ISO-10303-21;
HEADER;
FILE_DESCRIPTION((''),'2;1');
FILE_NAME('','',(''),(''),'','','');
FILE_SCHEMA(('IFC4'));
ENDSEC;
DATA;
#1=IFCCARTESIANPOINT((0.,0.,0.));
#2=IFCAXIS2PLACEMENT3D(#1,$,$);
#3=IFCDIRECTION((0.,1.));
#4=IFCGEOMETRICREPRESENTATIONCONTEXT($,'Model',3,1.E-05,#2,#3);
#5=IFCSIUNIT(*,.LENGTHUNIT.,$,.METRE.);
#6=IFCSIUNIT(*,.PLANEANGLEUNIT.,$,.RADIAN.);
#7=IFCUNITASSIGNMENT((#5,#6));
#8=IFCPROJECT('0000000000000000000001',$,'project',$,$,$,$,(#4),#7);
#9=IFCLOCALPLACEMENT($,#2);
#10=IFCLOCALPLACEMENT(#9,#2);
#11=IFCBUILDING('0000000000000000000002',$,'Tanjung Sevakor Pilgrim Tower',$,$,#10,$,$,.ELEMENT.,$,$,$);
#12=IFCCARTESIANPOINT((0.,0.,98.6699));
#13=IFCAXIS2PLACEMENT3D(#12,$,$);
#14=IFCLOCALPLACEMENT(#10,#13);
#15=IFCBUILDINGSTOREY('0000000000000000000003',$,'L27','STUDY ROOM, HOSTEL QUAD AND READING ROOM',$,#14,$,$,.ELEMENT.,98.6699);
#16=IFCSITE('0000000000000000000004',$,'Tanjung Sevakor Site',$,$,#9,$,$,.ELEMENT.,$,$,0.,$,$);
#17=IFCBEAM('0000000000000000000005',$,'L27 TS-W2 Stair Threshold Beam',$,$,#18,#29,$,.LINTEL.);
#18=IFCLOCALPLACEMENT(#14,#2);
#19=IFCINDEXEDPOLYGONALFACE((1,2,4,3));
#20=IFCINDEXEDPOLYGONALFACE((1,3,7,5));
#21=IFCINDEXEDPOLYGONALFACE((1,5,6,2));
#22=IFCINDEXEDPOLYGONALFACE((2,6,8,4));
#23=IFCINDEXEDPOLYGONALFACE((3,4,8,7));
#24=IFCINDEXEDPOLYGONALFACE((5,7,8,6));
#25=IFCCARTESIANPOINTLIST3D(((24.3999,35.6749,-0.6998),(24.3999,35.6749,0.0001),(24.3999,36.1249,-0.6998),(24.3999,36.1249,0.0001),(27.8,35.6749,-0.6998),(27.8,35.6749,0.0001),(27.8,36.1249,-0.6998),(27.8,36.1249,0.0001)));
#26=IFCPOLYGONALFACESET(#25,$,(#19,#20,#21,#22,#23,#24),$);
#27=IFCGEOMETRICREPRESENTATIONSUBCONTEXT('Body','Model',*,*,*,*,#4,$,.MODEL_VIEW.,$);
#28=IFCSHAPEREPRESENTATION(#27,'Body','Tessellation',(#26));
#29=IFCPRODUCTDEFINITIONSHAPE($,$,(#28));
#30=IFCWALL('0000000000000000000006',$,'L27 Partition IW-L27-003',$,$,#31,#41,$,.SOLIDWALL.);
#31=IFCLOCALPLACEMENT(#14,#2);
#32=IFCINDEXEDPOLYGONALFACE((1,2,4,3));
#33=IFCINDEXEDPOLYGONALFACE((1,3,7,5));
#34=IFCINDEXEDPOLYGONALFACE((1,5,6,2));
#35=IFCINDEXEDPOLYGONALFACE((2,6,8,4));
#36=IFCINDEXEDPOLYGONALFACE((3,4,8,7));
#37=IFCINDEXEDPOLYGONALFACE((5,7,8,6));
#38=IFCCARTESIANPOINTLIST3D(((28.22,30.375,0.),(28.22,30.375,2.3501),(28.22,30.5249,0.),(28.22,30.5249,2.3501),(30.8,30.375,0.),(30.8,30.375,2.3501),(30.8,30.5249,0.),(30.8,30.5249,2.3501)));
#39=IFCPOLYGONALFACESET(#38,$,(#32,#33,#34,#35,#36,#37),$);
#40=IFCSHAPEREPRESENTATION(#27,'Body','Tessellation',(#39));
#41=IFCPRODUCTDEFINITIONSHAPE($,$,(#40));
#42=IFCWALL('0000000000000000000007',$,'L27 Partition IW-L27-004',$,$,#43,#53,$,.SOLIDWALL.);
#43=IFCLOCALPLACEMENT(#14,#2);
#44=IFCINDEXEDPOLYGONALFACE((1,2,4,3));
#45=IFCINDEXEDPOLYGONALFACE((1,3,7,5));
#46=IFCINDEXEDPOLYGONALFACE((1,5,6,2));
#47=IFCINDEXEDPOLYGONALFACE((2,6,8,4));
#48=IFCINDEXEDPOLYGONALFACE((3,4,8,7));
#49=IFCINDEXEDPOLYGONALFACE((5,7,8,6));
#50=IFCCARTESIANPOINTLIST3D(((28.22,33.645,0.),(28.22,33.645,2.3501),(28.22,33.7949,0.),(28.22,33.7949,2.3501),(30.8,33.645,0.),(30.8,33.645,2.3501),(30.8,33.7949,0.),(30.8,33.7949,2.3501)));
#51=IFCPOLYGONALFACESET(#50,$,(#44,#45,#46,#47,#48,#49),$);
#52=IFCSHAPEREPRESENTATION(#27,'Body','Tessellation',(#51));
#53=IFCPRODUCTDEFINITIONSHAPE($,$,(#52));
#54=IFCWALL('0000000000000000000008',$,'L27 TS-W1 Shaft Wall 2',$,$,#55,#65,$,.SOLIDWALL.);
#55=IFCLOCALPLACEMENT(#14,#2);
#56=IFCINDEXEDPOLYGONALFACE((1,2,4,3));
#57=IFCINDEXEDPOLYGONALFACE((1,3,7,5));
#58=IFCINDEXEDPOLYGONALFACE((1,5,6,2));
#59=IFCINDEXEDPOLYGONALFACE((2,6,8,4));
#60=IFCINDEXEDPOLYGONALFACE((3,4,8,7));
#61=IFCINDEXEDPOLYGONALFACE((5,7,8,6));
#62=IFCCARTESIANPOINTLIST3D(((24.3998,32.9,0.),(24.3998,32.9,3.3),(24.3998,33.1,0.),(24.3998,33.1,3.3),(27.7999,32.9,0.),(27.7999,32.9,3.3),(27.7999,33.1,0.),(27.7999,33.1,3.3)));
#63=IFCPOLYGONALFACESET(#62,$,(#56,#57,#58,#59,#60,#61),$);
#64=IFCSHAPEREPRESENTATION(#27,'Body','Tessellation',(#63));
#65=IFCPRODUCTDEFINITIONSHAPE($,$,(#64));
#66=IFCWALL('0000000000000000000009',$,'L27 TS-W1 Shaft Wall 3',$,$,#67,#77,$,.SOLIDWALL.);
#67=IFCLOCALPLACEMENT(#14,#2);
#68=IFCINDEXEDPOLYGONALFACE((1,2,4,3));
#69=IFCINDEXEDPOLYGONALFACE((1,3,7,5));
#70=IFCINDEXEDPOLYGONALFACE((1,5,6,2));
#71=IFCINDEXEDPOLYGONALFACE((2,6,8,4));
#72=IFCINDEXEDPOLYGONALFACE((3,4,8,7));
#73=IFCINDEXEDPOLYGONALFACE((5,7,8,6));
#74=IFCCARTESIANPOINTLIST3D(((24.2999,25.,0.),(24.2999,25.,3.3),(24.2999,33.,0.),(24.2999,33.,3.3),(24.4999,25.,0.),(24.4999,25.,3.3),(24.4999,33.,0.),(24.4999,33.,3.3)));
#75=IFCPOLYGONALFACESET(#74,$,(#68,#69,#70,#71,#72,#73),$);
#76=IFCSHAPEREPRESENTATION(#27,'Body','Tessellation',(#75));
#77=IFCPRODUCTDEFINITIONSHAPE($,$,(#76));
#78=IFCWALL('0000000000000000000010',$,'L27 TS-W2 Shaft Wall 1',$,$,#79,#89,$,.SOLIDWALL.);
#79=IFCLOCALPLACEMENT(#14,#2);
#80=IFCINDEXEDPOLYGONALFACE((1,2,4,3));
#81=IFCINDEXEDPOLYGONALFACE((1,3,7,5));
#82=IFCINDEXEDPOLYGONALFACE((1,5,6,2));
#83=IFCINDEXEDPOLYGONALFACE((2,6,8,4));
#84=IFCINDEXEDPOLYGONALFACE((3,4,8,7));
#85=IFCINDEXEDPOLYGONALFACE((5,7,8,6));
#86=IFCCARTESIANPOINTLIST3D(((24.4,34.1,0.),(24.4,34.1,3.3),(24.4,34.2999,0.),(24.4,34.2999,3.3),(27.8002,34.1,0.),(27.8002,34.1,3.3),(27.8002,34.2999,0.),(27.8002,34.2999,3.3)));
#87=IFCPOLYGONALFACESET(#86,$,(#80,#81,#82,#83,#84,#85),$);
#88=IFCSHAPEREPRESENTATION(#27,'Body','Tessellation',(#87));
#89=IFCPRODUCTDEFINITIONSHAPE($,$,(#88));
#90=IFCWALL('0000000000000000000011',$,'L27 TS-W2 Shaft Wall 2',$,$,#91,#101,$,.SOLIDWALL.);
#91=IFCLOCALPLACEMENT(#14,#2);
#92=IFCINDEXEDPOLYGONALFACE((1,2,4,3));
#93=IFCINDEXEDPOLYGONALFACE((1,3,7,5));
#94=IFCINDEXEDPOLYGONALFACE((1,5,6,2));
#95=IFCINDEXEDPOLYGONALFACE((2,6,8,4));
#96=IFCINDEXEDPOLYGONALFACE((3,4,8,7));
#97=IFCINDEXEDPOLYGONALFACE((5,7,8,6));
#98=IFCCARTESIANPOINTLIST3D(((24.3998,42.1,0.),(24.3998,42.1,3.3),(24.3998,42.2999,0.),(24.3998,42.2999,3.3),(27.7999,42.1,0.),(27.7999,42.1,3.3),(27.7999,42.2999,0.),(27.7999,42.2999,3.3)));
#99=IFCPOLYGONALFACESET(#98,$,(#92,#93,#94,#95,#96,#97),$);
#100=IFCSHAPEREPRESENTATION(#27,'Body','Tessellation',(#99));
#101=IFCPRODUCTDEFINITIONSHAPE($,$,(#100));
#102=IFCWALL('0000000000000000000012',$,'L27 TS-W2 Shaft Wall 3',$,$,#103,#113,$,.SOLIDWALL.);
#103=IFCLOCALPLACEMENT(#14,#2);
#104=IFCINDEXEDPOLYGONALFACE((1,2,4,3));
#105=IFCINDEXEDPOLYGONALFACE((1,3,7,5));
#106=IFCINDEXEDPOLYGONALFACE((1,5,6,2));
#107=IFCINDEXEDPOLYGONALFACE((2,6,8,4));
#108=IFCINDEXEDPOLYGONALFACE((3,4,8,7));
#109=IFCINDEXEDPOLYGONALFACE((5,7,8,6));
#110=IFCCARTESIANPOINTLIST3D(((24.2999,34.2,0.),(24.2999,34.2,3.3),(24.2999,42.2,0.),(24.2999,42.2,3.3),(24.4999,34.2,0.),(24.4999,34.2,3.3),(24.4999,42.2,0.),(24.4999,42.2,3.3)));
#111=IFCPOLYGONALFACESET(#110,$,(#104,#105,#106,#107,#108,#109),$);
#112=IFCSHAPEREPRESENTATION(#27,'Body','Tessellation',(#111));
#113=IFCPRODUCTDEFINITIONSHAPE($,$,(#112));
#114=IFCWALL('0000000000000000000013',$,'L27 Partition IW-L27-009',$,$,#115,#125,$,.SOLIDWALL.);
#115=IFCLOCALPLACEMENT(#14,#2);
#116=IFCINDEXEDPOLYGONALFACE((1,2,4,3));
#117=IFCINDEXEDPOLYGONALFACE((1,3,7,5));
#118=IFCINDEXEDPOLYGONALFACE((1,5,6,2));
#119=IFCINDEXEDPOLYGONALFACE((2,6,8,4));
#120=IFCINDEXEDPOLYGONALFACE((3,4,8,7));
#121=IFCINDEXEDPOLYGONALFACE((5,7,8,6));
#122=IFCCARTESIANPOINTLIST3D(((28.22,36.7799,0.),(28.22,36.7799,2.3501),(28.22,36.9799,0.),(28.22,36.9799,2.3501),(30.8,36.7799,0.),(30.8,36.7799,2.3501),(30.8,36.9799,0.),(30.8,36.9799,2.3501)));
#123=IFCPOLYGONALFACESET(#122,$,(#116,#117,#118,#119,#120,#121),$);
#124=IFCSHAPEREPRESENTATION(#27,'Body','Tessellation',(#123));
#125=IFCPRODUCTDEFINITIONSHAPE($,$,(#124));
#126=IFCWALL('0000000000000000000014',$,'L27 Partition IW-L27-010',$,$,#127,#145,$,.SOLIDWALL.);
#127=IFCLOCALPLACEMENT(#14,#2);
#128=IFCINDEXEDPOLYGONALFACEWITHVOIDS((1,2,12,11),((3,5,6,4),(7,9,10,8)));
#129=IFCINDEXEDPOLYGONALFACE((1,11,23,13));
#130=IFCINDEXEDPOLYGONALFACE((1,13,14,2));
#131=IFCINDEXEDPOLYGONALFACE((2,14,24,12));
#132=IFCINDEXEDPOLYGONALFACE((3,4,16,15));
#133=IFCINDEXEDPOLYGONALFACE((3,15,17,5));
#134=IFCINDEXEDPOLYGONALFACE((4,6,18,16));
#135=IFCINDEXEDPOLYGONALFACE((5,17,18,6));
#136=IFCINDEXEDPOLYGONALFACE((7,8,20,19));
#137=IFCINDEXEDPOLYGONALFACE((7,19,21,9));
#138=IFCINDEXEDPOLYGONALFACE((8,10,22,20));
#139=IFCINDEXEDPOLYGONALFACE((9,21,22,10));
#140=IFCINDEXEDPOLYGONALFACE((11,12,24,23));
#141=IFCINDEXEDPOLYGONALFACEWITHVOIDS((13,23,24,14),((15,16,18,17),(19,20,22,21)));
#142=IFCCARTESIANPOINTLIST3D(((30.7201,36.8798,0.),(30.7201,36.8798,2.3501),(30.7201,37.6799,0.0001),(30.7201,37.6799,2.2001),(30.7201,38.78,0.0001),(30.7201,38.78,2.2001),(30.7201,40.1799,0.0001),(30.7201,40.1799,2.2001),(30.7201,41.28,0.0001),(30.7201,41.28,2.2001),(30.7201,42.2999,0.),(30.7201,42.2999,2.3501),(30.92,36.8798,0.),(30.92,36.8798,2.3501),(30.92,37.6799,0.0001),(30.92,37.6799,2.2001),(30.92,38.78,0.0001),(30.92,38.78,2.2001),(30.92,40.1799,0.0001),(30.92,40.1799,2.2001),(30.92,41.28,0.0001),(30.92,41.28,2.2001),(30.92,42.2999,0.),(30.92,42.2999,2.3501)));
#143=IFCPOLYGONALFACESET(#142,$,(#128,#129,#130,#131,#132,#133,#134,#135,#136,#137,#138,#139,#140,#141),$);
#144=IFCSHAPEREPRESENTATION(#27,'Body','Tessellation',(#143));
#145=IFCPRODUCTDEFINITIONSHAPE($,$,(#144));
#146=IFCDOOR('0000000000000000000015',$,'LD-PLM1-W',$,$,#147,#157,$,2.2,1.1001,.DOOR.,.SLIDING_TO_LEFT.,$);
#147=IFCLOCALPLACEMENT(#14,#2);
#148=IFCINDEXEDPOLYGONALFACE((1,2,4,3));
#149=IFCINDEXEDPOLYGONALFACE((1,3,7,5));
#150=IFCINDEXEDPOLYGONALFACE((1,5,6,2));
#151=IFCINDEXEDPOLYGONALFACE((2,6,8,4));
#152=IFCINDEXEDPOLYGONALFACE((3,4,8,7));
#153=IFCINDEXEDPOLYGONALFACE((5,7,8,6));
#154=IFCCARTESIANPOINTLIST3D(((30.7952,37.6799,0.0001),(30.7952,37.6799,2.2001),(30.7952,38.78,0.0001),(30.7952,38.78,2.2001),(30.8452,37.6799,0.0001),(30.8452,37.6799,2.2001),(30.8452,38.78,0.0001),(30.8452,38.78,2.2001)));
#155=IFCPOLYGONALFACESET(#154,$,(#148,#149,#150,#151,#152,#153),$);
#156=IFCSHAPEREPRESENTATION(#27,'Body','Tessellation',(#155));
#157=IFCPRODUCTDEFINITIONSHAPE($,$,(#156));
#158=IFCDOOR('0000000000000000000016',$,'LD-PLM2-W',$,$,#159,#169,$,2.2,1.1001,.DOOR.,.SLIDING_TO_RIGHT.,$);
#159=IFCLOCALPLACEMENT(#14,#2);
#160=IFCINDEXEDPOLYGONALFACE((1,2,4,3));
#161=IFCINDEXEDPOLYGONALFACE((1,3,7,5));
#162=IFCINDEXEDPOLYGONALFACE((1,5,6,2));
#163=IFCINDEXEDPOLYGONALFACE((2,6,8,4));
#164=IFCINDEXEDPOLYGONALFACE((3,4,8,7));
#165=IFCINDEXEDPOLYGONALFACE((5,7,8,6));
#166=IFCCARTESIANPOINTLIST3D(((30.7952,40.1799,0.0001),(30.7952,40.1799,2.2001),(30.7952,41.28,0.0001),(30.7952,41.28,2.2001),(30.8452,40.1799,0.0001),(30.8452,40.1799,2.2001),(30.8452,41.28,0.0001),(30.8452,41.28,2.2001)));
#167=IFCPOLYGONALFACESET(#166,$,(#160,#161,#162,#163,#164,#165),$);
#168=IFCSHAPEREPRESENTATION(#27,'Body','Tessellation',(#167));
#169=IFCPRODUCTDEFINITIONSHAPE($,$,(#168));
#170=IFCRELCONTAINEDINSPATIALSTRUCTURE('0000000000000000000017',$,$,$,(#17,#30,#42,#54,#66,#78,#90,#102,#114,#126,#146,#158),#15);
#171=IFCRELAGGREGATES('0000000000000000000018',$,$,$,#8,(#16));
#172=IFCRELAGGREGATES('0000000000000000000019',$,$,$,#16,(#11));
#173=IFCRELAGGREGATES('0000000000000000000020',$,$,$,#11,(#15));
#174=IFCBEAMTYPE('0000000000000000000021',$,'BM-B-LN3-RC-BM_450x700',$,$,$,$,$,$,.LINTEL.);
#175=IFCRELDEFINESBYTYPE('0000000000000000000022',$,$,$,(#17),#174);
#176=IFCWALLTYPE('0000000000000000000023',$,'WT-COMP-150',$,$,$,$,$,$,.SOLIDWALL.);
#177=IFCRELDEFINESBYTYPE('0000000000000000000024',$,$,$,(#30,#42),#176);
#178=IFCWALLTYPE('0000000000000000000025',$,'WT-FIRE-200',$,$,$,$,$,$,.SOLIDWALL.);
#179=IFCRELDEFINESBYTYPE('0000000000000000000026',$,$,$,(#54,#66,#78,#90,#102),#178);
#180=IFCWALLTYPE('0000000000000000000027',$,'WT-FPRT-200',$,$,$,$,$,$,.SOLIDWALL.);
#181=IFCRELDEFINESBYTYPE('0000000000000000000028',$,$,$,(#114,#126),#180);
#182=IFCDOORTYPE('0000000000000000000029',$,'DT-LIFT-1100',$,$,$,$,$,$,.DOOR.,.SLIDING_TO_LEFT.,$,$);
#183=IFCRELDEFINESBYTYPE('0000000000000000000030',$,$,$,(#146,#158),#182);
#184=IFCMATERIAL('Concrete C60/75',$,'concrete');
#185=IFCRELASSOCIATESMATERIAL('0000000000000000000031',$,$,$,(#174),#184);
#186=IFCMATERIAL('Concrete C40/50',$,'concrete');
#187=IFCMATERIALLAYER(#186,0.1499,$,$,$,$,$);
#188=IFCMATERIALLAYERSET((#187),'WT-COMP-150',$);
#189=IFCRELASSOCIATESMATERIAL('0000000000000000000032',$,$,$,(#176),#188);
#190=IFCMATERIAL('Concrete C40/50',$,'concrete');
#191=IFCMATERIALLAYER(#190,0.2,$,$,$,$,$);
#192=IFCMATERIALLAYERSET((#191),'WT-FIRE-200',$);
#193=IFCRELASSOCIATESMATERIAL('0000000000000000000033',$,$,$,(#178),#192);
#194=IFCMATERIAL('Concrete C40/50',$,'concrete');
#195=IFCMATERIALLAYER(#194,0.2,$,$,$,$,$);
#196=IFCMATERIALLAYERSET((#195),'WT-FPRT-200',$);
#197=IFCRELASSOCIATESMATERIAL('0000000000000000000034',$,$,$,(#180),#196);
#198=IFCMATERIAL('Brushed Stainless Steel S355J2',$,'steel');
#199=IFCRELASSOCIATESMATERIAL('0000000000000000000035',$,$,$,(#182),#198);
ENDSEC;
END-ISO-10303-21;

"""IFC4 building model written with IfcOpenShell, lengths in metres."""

from ifc_helpers import new_model, si_unit, direction, frame, frame_2d, origin, origin_2d, place, context, subcontext, project, spatial, rectangle, extrude, material, layer, layer_set, material_profile, profile_set, type_object, element, fill, save


model = new_model("IFC4")

# Units and contexts
model_context = context("Model", 3, precision=1e-05, world=origin(), true_north=direction((0.0, 1.0)))
body_context = subcontext(model_context, "Body", "Model", "MODEL_VIEW")
ifc_project = project(units=[si_unit("LENGTHUNIT", "METRE"), si_unit("PLANEANGLEUNIT", "RADIAN")], contexts=[model_context])

# Site, building, storey
site_placement = place(None, origin())
site = spatial("IfcSite", under=ifc_project, at=site_placement, Name="Tanjung Sevakor Site", CompositionType="ELEMENT", RefElevation=0.0)
building_placement = place(site_placement, origin())
building = spatial("IfcBuilding", under=site, at=building_placement, Name="Tanjung Sevakor Pilgrim Tower", CompositionType="ELEMENT")
storey_placement = place(building_placement, frame((0.0, 0.0, 98.6699)))
storey = spatial("IfcBuildingStorey", under=building, at=storey_placement, Name="L27", Description="STUDY ROOM, HOSTEL QUAD AND READING ROOM", CompositionType="ELEMENT", Elevation=98.6699)

# Beam
ifc_material_1 = material(Name="Concrete C60/75", Category="concrete")
ifc_material_profile = material_profile(ifc_material_1, rectangle(XDim=0.45, YDim=0.7, at=origin_2d()))
ifc_profile_set = profile_set([ifc_material_profile], Name="Concrete C60/75")
beam_type = type_object("IfcBeamType", Name="BM-B-LN3-RC-BM_450x700", PredefinedType="LINTEL", material=ifc_profile_set)
beam_placement = place(storey_placement, frame((24.3999, 35.8999, -0.3499), z_axis=(1.0, 0.0, 0.0), x_axis=(0.0, 1.0, 0.0)))
element("IfcBeam", 1, at=beam_placement, inside=storey, type_object=beam_type, Name="L27 TS-W2 Stair Threshold Beam", PredefinedType="LINTEL", context=body_context, shape_type="SweptSolid", body=[
    extrude(rectangle(XDim=0.45, YDim=0.7, at=origin_2d()), origin(), (0.0, 0.0, 1.0), 3.4001),
])

# Walls
ifc_material_2 = material(Name="Concrete C40/50", Category="concrete")
ifc_layer_1 = layer(ifc_material_2, 0.1499)
ifc_layer_set_1 = layer_set([ifc_layer_1], Name="WT-COMP-150")
wall_type_1 = type_object("IfcWallType", Name="WT-COMP-150", PredefinedType="SOLIDWALL", material=ifc_layer_set_1)
for number, where, z_axis, x_axis, name in (
    (2, (28.22, 30.45, 0.0), (0.0, 0.0, 1.0), (1.0, 0.0, 0.0), "L27 Partition IW-L27-003"),
    (3, (28.22, 33.72, 0.0), (0.0, 0.0, 1.0), (1.0, 0.0, 0.0), "L27 Partition IW-L27-004"),
):
    element("IfcWall", number, at=place(storey_placement, frame(where, z_axis=z_axis, x_axis=x_axis)), inside=storey, type_object=wall_type_1, Name=name, PredefinedType="SOLIDWALL", context=body_context, shape_type="SweptSolid", body=[
        extrude(rectangle(XDim=2.5801, YDim=0.1499, at=frame_2d((1.29, 0.0))), origin(), (0.0, 0.0, 1.0), 2.3501),
    ])
ifc_material_3 = material(Name="Concrete C40/50", Category="concrete")
ifc_layer_2 = layer(ifc_material_3, 0.2)
ifc_layer_set_2 = layer_set([ifc_layer_2], Name="WT-FIRE-200")
wall_type_2 = type_object("IfcWallType", Name="WT-FIRE-200", PredefinedType="SOLIDWALL", material=ifc_layer_set_2)
wall_1_placement = place(storey_placement, frame((27.8, 33.0, 0.0), z_axis=(0.0, 0.0, 1.0), x_axis=(-1.0, 0.0, 0.0)))
element("IfcWall", 4, at=wall_1_placement, inside=storey, type_object=wall_type_2, Name="L27 TS-W1 Shaft Wall 2", PredefinedType="SOLIDWALL", context=body_context, shape_type="SweptSolid", body=[
    extrude(rectangle(XDim=3.4001, YDim=0.2, at=frame_2d((1.7002, 0.0))), origin(), (0.0, 0.0, 1.0), 3.3),
])
wall_2_placement = place(storey_placement, frame((24.3999, 33.0, 0.0), z_axis=(0.0, 0.0, 1.0), x_axis=(0.0, -1.0, 0.0)))
element("IfcWall", 5, at=wall_2_placement, inside=storey, type_object=wall_type_2, Name="L27 TS-W1 Shaft Wall 3", PredefinedType="SOLIDWALL", context=body_context, shape_type="SweptSolid", body=[
    extrude(rectangle(XDim=8.0, YDim=0.2, at=frame_2d((4.0, 0.0))), origin(), (0.0, 0.0, 1.0), 3.3),
])
for number, where, z_axis, x_axis, name in (
    (6, (24.3999, 34.2, 0.0), (0.0, 0.0, 1.0), (1.0, 0.0, 0.0), "L27 TS-W2 Shaft Wall 1"),
    (7, (27.8, 42.2, 0.0), (0.0, 0.0, 1.0), (-1.0, 0.0, 0.0), "L27 TS-W2 Shaft Wall 2"),
):
    element("IfcWall", number, at=place(storey_placement, frame(where, z_axis=z_axis, x_axis=x_axis)), inside=storey, type_object=wall_type_2, Name=name, PredefinedType="SOLIDWALL", context=body_context, shape_type="SweptSolid", body=[
        extrude(rectangle(XDim=3.4001, YDim=0.2, at=frame_2d((1.7002, 0.0))), origin(), (0.0, 0.0, 1.0), 3.3),
    ])
wall_3_placement = place(storey_placement, frame((24.3999, 42.2, 0.0), z_axis=(0.0, 0.0, 1.0), x_axis=(0.0, -1.0, 0.0)))
element("IfcWall", 8, at=wall_3_placement, inside=storey, type_object=wall_type_2, Name="L27 TS-W2 Shaft Wall 3", PredefinedType="SOLIDWALL", context=body_context, shape_type="SweptSolid", body=[
    extrude(rectangle(XDim=8.0, YDim=0.2, at=frame_2d((4.0, 0.0))), origin(), (0.0, 0.0, 1.0), 3.3),
])
ifc_material_4 = material(Name="Concrete C40/50", Category="concrete")
ifc_layer_3 = layer(ifc_material_4, 0.2)
ifc_layer_set_3 = layer_set([ifc_layer_3], Name="WT-FPRT-200")
wall_type_3 = type_object("IfcWallType", Name="WT-FPRT-200", PredefinedType="SOLIDWALL", material=ifc_layer_set_3)
wall_4_placement = place(storey_placement, frame((28.22, 36.8799, 0.0), z_axis=(0.0, 0.0, 1.0), x_axis=(1.0, 0.0, 0.0)))
element("IfcWall", 9, at=wall_4_placement, inside=storey, type_object=wall_type_3, Name="L27 Partition IW-L27-009", PredefinedType="SOLIDWALL", context=body_context, shape_type="SweptSolid", body=[
    extrude(rectangle(XDim=2.5801, YDim=0.2, at=frame_2d((1.29, 0.0))), origin(), (0.0, 0.0, 1.0), 2.3501),
])

# Wall, openings, doors
wall_5_placement = place(storey_placement, frame((30.8201, 36.8799, 0.0), z_axis=(0.0, 0.0, 1.0), x_axis=(0.0, 1.0, 0.0)))
wall_5 = element("IfcWall", 10, at=wall_5_placement, inside=storey, type_object=wall_type_3, Name="L27 Partition IW-L27-010", PredefinedType="SOLIDWALL", context=body_context, shape_type="SweptSolid", body=[
    extrude(rectangle(XDim=5.4202, YDim=0.2, at=frame_2d((2.71, 0.0))), origin(), (0.0, 0.0, 1.0), 2.3501),
])
opening_1_placement = place(wall_5_placement, frame((0.8, 0.0, 0.0)))
opening_1 = element("IfcOpeningElement", 11, at=opening_1_placement, cuts=wall_5, PredefinedType="OPENING", context=body_context, shape_type="SweptSolid", body=[
    extrude(rectangle(XDim=1.1001, YDim=2.2, at=frame_2d((0.55, 1.1001))), frame((0.0, 0.1099, 0.0), z_axis=(0.0, -1.0, 0.0), x_axis=(1.0, 0.0, 0.0)), (0.0, 0.0, 1.0), 0.22),
])
opening_2_placement = place(wall_5_placement, frame((3.3, 0.0, 0.0)))
opening_2 = element("IfcOpeningElement", 12, at=opening_2_placement, cuts=wall_5, PredefinedType="OPENING", context=body_context, shape_type="SweptSolid", body=[
    extrude(rectangle(XDim=1.1001, YDim=2.2, at=frame_2d((0.55, 1.1001))), frame((0.0, 0.1099, 0.0), z_axis=(0.0, -1.0, 0.0), x_axis=(1.0, 0.0, 0.0)), (0.0, 0.0, 1.0), 0.22),
])
ifc_material_5 = material(Name="Brushed Stainless Steel S355J2", Category="steel")
door_type = type_object("IfcDoorType", Name="DT-LIFT-1100", OperationType="SLIDING_TO_LEFT", PredefinedType="DOOR", material=ifc_material_5)
door_1_placement = place(opening_1_placement, origin())
door_1 = element("IfcDoor", 13, at=door_1_placement, inside=storey, type_object=door_type, Name="LD-PLM1-W", OperationType="SLIDING_TO_LEFT", OverallHeight=2.2, OverallWidth=1.1001, PredefinedType="DOOR", context=body_context, shape_type="SweptSolid", body=[
    extrude(rectangle(XDim=1.1001, YDim=2.2, at=frame_2d((0.55, 1.1001))), frame((0.0, 0.0249, 0.0), z_axis=(0.0, -1.0, 0.0), x_axis=(1.0, 0.0, 0.0)), (0.0, 0.0, 1.0), 0.05),
])
fill(opening_1, door_1)
door_2_placement = place(opening_2_placement, origin())
door_2 = element("IfcDoor", 14, at=door_2_placement, inside=storey, type_object=door_type, Name="LD-PLM2-W", OperationType="SLIDING_TO_RIGHT", OverallHeight=2.2, OverallWidth=1.1001, PredefinedType="DOOR", context=body_context, shape_type="SweptSolid", body=[
    extrude(rectangle(XDim=1.1001, YDim=2.2, at=frame_2d((0.55, 1.1001))), frame((0.0, 0.0249, 0.0), z_axis=(0.0, -1.0, 0.0), x_axis=(1.0, 0.0, 0.0)), (0.0, 0.0, 1.0), 0.05),
])
fill(opening_2, door_2)

save(model, "model.ifc")
